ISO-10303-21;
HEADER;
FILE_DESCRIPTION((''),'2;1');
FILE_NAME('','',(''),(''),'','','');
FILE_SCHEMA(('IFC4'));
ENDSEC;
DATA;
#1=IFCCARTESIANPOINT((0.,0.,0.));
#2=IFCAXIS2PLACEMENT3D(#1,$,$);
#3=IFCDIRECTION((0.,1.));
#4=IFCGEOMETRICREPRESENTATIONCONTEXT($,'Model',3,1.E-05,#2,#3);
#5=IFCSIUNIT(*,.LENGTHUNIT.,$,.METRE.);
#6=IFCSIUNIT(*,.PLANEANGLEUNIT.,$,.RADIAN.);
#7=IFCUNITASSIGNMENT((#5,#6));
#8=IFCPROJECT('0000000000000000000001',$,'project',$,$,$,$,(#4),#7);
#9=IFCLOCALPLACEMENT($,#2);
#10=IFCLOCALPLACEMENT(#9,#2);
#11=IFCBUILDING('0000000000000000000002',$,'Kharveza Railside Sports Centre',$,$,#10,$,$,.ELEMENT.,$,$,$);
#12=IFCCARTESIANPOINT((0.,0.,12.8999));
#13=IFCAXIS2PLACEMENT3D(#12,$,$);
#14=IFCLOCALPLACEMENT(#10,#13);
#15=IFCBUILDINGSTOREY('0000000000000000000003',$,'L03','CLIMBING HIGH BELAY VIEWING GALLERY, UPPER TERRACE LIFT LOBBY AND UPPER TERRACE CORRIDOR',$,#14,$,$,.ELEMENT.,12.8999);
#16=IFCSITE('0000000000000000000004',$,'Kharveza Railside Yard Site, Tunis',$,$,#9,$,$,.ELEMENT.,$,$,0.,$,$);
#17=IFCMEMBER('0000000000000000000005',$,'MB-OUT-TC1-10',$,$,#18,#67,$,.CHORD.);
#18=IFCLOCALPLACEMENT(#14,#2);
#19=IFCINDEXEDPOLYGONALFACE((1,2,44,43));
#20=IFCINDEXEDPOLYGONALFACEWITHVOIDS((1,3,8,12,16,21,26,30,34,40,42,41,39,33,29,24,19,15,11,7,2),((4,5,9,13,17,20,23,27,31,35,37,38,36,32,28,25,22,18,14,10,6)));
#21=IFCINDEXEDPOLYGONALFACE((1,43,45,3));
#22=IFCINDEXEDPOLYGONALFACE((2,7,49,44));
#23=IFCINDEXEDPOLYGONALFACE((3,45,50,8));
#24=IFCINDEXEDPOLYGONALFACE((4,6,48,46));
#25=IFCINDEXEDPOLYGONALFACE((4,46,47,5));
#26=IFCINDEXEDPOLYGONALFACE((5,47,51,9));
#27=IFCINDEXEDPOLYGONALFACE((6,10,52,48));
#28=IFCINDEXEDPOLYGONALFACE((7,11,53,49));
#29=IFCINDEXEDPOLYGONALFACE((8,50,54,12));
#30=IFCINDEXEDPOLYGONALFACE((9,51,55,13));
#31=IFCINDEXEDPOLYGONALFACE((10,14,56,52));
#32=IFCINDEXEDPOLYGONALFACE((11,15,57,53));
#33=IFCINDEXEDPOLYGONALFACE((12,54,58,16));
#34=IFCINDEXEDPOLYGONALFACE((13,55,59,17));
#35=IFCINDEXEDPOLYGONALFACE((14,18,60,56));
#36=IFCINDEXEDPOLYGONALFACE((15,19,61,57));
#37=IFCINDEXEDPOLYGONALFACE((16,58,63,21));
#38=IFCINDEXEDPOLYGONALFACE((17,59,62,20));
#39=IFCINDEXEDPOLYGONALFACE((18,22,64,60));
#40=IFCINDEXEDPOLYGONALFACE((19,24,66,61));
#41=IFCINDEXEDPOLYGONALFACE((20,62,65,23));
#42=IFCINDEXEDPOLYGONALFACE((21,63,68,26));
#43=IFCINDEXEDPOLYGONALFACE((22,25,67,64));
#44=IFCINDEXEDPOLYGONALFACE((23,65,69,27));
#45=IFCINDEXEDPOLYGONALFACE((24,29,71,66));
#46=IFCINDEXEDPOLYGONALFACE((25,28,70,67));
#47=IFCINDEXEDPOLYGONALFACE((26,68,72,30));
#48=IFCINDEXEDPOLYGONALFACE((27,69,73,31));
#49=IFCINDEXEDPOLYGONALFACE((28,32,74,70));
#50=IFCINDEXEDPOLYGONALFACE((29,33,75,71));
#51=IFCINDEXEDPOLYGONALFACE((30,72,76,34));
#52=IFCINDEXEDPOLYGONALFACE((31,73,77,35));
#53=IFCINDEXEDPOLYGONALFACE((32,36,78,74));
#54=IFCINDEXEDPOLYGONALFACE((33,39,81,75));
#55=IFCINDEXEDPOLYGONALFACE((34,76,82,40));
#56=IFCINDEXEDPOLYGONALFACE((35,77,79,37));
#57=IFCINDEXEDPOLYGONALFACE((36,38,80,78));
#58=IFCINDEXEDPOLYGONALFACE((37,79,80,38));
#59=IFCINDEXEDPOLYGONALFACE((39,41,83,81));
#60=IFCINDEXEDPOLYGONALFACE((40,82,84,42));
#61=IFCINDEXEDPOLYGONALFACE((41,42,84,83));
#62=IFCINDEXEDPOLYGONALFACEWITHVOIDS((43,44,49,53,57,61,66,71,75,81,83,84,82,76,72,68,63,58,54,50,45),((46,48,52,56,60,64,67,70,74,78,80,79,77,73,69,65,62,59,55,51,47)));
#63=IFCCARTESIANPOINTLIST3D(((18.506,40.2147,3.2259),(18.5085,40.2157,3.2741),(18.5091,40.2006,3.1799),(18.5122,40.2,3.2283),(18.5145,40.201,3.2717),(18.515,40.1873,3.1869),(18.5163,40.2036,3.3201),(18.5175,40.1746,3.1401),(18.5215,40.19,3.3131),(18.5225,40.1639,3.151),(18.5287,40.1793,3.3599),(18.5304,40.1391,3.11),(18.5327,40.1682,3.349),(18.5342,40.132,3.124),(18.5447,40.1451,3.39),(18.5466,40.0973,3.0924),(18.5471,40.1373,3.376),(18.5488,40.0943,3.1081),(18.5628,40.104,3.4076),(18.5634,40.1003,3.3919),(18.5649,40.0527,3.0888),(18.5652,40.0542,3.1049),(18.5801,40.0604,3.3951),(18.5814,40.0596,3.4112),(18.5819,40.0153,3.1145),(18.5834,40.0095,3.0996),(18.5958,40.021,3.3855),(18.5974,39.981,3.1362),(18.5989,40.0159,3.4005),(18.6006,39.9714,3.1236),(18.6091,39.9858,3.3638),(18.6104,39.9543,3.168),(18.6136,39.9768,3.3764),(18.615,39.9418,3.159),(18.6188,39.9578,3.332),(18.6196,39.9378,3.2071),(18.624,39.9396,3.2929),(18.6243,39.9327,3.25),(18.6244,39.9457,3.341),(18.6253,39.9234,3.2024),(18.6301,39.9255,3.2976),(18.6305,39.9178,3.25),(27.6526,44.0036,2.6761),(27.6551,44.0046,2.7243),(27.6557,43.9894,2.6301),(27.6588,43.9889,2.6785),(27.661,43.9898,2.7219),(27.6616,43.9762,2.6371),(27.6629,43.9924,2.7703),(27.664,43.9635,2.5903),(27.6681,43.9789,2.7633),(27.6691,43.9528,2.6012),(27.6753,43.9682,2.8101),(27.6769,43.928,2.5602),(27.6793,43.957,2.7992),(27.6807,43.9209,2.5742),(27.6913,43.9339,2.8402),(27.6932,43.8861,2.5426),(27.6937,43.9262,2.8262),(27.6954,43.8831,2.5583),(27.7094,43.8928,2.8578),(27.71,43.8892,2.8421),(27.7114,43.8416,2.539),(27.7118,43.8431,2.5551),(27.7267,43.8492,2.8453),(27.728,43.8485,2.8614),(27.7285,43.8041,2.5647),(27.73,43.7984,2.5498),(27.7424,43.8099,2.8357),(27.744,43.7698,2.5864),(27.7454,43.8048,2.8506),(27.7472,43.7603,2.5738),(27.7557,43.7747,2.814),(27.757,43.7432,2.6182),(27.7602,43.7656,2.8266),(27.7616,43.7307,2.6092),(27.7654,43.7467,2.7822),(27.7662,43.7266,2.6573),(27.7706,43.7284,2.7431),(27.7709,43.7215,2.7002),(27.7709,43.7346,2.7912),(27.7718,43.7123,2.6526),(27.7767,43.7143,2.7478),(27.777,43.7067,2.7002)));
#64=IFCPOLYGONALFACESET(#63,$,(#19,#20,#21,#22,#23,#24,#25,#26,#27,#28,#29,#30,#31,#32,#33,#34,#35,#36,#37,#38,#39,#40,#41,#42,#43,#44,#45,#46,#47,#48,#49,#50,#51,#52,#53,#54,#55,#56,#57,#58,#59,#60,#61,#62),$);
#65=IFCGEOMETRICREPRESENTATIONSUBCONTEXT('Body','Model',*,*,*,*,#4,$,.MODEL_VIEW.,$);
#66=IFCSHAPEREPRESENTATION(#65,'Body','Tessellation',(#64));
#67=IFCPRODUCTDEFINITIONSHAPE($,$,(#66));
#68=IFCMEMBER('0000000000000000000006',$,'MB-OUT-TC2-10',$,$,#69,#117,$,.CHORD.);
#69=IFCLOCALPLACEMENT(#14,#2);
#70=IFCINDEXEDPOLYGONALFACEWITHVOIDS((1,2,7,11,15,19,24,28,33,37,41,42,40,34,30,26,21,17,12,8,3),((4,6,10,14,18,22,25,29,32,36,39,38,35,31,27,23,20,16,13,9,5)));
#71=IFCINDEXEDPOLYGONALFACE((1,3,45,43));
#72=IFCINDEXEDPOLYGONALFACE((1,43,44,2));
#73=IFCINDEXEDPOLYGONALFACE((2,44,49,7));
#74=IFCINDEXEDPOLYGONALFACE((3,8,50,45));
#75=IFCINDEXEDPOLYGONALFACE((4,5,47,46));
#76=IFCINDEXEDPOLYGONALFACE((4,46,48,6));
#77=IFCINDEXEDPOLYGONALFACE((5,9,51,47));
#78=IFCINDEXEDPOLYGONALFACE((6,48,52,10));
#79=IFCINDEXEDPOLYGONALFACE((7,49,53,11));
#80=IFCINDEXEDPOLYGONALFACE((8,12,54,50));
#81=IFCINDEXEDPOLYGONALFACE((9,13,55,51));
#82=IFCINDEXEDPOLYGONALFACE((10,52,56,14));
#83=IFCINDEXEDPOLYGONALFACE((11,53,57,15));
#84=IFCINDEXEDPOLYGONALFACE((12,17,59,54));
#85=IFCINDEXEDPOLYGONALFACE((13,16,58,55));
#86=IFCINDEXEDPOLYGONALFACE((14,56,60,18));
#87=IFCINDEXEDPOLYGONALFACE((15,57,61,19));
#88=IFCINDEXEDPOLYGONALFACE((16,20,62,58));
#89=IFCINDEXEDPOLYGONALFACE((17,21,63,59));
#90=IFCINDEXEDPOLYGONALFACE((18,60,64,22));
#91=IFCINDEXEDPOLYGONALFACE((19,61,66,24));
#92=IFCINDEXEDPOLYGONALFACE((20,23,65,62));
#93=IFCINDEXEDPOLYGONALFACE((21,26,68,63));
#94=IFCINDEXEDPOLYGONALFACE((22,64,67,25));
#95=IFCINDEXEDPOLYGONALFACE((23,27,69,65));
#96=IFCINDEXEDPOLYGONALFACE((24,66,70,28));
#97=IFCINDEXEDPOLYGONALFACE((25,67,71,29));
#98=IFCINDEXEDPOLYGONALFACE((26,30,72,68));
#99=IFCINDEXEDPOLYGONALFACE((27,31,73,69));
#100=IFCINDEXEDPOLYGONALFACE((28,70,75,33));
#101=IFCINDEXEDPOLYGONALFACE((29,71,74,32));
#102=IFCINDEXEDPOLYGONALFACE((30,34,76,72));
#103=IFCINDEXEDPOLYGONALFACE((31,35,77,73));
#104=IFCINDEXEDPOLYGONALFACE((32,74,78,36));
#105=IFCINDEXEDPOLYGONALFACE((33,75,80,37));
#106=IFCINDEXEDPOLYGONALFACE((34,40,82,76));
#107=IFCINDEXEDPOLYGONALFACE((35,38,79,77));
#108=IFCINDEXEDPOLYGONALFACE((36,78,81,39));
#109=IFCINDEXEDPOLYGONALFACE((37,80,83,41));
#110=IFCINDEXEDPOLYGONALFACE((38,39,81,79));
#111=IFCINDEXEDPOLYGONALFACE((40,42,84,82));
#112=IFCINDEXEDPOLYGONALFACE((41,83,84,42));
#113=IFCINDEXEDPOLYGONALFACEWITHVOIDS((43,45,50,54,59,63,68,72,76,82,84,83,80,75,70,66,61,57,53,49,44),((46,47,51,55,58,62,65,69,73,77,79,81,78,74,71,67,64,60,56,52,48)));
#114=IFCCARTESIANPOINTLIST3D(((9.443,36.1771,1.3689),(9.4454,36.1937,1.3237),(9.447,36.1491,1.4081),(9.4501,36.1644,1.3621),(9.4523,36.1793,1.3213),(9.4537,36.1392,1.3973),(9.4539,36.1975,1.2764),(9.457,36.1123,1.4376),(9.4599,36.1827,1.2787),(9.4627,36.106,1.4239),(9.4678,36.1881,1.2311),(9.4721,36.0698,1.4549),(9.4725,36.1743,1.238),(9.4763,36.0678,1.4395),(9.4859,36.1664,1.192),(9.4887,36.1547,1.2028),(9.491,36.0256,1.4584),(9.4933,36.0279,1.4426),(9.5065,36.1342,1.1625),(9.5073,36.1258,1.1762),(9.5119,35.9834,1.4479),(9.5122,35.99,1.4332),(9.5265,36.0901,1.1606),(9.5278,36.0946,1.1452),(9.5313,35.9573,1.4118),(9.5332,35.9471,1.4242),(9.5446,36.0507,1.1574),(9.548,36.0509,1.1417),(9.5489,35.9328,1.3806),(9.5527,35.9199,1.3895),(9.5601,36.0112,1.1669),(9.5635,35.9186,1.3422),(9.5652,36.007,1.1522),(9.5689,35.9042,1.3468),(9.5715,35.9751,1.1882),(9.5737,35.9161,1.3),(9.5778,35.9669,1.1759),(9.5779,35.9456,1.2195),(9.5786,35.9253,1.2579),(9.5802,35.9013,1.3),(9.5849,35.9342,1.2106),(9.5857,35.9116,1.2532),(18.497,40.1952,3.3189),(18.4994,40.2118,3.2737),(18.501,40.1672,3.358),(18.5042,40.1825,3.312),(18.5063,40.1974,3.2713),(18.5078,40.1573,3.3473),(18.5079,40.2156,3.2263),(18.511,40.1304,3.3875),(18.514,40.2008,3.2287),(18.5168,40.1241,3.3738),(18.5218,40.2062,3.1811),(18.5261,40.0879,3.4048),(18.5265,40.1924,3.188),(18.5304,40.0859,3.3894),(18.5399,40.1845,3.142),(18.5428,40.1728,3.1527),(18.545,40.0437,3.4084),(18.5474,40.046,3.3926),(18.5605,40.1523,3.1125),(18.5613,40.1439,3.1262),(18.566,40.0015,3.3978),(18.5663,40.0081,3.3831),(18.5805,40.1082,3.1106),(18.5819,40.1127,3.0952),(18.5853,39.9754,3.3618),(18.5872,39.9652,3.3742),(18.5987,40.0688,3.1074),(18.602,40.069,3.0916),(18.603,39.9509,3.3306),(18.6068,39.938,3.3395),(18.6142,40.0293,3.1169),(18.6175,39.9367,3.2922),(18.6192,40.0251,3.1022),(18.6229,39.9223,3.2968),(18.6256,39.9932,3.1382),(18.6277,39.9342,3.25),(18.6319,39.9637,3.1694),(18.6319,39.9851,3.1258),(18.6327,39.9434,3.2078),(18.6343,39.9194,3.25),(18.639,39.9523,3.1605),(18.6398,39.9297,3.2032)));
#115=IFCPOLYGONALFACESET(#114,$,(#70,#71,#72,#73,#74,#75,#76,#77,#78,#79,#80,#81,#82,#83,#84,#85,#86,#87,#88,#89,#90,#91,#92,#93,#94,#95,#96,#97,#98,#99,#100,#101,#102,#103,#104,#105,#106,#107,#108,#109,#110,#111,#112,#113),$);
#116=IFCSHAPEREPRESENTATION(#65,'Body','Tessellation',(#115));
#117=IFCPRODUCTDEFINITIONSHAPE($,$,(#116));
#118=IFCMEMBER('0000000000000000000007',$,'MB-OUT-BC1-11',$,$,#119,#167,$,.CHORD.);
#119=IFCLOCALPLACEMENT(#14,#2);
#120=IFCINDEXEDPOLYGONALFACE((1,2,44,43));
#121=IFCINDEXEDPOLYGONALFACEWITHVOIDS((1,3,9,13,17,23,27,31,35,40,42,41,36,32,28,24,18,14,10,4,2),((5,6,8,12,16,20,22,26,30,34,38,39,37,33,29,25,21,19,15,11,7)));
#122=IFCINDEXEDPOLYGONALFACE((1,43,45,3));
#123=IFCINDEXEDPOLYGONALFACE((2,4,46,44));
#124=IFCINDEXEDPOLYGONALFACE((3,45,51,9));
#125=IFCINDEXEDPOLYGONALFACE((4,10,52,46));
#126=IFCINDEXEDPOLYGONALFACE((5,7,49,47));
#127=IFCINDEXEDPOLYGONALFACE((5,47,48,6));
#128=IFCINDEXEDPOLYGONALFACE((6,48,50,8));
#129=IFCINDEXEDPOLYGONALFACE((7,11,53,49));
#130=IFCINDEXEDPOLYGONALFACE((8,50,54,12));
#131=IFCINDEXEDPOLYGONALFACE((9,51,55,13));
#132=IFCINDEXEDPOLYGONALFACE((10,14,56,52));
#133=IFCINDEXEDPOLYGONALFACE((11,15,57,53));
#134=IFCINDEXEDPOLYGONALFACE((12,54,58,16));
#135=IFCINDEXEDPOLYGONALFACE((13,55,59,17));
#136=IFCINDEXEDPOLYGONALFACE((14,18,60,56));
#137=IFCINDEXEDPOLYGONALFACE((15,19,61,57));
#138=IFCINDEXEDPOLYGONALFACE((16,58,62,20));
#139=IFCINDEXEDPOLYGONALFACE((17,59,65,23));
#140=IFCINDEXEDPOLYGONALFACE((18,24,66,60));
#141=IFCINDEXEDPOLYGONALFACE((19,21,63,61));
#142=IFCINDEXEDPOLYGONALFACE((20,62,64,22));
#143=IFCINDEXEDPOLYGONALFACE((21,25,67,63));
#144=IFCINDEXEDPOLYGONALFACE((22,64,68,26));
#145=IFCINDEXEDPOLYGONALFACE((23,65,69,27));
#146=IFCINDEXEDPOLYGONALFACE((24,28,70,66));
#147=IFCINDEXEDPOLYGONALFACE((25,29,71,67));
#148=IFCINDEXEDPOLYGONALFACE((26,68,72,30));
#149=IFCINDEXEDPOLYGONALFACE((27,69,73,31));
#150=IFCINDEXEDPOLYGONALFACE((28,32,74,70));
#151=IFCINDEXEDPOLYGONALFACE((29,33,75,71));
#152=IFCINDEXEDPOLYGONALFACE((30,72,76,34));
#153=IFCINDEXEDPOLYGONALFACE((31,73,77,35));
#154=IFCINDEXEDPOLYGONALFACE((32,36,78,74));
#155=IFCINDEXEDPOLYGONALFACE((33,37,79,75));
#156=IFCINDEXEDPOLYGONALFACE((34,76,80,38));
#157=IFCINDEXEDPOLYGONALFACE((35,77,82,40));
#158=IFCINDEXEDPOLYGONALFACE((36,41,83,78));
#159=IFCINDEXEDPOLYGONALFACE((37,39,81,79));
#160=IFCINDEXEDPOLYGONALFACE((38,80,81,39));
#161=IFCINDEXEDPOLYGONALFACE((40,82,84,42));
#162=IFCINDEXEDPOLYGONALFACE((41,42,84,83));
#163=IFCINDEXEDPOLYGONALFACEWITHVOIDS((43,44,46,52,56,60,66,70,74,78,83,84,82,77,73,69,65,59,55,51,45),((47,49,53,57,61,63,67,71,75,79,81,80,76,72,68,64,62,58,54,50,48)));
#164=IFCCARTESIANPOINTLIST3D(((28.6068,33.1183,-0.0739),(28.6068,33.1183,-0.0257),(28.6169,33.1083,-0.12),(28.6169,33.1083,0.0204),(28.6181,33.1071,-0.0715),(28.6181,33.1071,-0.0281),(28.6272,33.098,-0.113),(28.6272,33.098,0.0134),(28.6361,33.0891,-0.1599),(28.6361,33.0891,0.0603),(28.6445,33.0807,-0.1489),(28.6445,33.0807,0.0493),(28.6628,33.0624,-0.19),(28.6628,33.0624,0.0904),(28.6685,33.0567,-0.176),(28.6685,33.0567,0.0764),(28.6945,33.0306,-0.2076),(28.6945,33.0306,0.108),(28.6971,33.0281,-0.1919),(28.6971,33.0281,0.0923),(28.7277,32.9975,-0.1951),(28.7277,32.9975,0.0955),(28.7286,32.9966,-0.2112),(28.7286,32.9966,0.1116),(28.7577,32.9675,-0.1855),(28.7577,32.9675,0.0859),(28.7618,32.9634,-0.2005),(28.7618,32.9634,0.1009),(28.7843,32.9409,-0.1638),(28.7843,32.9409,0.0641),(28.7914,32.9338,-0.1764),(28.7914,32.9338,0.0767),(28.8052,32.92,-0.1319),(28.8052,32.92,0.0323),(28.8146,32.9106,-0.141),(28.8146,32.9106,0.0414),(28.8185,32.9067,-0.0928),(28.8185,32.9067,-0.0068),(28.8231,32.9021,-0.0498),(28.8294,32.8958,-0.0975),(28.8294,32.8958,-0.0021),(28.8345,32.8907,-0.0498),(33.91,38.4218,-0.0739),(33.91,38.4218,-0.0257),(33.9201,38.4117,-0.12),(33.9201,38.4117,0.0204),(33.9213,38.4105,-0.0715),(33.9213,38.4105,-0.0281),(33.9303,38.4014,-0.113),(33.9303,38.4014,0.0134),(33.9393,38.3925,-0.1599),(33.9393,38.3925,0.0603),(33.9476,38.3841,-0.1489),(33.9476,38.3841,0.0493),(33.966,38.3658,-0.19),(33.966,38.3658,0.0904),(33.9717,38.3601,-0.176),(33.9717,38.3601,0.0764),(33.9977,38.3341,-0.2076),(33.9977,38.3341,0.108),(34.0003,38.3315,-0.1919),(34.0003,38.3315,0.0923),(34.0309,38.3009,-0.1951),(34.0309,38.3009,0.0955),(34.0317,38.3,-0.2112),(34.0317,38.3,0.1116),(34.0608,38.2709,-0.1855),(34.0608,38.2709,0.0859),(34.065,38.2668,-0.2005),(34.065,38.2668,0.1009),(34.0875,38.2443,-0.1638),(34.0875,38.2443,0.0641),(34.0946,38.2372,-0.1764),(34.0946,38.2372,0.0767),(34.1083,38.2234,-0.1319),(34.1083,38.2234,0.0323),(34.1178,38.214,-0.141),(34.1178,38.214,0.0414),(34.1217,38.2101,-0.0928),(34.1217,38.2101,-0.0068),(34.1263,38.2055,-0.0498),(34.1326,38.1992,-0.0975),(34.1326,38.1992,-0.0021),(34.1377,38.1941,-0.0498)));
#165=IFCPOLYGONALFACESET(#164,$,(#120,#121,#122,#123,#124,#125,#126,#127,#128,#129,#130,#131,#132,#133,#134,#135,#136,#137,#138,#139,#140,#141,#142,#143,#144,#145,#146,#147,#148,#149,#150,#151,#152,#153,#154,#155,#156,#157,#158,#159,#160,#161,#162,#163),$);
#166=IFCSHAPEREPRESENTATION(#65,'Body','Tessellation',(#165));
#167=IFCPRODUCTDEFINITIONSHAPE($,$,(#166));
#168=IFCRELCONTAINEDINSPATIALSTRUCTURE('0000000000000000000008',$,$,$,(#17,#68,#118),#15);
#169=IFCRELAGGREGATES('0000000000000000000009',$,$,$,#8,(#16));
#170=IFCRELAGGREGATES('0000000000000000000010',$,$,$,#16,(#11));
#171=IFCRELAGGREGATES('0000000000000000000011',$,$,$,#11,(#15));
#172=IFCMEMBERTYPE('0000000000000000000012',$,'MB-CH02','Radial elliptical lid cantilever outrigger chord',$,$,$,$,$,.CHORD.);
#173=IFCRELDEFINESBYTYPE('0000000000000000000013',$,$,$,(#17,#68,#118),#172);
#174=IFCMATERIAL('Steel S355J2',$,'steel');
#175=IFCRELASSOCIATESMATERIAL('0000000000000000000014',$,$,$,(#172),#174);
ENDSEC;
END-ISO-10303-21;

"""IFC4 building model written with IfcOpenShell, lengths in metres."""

from ifc_helpers import new_model, si_unit, direction, frame, origin, origin_2d, place, context, subcontext, project, spatial, hollow_circle, extrude, material, material_profile, profile_set, type_object, element, save


model = new_model("IFC4")

# Units and contexts
model_context = context("Model", 3, precision=1e-05, world=origin(), true_north=direction((0.0, 1.0)))
body_context = subcontext(model_context, "Body", "Model", "MODEL_VIEW")
ifc_project = project(units=[si_unit("LENGTHUNIT", "METRE"), si_unit("PLANEANGLEUNIT", "RADIAN")], contexts=[model_context])

# Site, building, storey
site_placement = place(None, origin())
site = spatial("IfcSite", under=ifc_project, at=site_placement, Name="Kharveza Railside Yard Site, Tunis", CompositionType="ELEMENT", RefElevation=0.0)
building_placement = place(site_placement, origin())
building = spatial("IfcBuilding", under=site, at=building_placement, Name="Kharveza Railside Sports Centre", CompositionType="ELEMENT")
storey_placement = place(building_placement, frame((0.0, 0.0, 12.8999)))
storey = spatial("IfcBuildingStorey", under=building, at=storey_placement, Name="L03", Description="CLIMBING HIGH BELAY VIEWING GALLERY, UPPER TERRACE LIFT LOBBY AND UPPER TERRACE CORRIDOR", CompositionType="ELEMENT", Elevation=12.8999)

# Shared definitions
ifc_material_1 = material(Name="Steel S355J2", Category="steel")

# Members
ifc_material_profile_1 = material_profile(ifc_material_1, hollow_circle(Radius=0.1619, WallThickness=0.0161, at=origin_2d()), Name="CHS 323.9x16.0")
ifc_profile_set_1 = profile_set([ifc_material_profile_1], Name="Steel S355J2")
member_type_1 = type_object("IfcMemberType", Name="MB-CH02", Description="Radial elliptical lid cantilever outrigger chord", PredefinedType="CHORD", material=ifc_profile_set_1)
member_1_placement = place(storey_placement, frame((27.7151, 43.8562, 2.7002), z_axis=(-0.92245, -0.382114, 0.055449), x_axis=(0.382702, -0.923872, 0.0)))
element("IfcMember", 1, at=member_1_placement, inside=storey, type_object=member_type_1, Name="MB-OUT-TC1-10", PredefinedType="CHORD", context=body_context, shape_type="SweptSolid", body=[
    extrude(hollow_circle(Radius=0.1619, WallThickness=0.0161, at=origin_2d()), origin(), (0.0, 0.0, 1.0), 9.9155),
])
member_2_placement = place(storey_placement, frame((18.5686, 40.0674, 3.25), z_axis=(-0.896821, -0.398001, -0.193148), x_axis=(0.40564, -0.914033, 0.0)))
element("IfcMember", 2, at=member_2_placement, inside=storey, type_object=member_type_1, Name="MB-OUT-TC2-10", PredefinedType="CHORD", context=body_context, shape_type="SweptSolid", body=[
    extrude(hollow_circle(Radius=0.1619, WallThickness=0.0161, at=origin_2d()), origin(), (0.0, 0.0, 1.0), 10.0957),
])
member_3_placement = place(storey_placement, frame((34.0232, 38.3086, -0.0498), z_axis=(-0.707091, -0.707123, 0.0), x_axis=(0.707123, -0.707091, 0.0)))
element("IfcMember", 3, at=member_3_placement, inside=storey, type_object=member_type_1, Name="MB-OUT-BC1-11", PredefinedType="CHORD", context=body_context, shape_type="SweptSolid", body=[
    extrude(hollow_circle(Radius=0.1619, WallThickness=0.0161, at=origin_2d()), origin(), (0.0, 0.0, 1.0), 7.5),
])

save(model, "model.ifc")
